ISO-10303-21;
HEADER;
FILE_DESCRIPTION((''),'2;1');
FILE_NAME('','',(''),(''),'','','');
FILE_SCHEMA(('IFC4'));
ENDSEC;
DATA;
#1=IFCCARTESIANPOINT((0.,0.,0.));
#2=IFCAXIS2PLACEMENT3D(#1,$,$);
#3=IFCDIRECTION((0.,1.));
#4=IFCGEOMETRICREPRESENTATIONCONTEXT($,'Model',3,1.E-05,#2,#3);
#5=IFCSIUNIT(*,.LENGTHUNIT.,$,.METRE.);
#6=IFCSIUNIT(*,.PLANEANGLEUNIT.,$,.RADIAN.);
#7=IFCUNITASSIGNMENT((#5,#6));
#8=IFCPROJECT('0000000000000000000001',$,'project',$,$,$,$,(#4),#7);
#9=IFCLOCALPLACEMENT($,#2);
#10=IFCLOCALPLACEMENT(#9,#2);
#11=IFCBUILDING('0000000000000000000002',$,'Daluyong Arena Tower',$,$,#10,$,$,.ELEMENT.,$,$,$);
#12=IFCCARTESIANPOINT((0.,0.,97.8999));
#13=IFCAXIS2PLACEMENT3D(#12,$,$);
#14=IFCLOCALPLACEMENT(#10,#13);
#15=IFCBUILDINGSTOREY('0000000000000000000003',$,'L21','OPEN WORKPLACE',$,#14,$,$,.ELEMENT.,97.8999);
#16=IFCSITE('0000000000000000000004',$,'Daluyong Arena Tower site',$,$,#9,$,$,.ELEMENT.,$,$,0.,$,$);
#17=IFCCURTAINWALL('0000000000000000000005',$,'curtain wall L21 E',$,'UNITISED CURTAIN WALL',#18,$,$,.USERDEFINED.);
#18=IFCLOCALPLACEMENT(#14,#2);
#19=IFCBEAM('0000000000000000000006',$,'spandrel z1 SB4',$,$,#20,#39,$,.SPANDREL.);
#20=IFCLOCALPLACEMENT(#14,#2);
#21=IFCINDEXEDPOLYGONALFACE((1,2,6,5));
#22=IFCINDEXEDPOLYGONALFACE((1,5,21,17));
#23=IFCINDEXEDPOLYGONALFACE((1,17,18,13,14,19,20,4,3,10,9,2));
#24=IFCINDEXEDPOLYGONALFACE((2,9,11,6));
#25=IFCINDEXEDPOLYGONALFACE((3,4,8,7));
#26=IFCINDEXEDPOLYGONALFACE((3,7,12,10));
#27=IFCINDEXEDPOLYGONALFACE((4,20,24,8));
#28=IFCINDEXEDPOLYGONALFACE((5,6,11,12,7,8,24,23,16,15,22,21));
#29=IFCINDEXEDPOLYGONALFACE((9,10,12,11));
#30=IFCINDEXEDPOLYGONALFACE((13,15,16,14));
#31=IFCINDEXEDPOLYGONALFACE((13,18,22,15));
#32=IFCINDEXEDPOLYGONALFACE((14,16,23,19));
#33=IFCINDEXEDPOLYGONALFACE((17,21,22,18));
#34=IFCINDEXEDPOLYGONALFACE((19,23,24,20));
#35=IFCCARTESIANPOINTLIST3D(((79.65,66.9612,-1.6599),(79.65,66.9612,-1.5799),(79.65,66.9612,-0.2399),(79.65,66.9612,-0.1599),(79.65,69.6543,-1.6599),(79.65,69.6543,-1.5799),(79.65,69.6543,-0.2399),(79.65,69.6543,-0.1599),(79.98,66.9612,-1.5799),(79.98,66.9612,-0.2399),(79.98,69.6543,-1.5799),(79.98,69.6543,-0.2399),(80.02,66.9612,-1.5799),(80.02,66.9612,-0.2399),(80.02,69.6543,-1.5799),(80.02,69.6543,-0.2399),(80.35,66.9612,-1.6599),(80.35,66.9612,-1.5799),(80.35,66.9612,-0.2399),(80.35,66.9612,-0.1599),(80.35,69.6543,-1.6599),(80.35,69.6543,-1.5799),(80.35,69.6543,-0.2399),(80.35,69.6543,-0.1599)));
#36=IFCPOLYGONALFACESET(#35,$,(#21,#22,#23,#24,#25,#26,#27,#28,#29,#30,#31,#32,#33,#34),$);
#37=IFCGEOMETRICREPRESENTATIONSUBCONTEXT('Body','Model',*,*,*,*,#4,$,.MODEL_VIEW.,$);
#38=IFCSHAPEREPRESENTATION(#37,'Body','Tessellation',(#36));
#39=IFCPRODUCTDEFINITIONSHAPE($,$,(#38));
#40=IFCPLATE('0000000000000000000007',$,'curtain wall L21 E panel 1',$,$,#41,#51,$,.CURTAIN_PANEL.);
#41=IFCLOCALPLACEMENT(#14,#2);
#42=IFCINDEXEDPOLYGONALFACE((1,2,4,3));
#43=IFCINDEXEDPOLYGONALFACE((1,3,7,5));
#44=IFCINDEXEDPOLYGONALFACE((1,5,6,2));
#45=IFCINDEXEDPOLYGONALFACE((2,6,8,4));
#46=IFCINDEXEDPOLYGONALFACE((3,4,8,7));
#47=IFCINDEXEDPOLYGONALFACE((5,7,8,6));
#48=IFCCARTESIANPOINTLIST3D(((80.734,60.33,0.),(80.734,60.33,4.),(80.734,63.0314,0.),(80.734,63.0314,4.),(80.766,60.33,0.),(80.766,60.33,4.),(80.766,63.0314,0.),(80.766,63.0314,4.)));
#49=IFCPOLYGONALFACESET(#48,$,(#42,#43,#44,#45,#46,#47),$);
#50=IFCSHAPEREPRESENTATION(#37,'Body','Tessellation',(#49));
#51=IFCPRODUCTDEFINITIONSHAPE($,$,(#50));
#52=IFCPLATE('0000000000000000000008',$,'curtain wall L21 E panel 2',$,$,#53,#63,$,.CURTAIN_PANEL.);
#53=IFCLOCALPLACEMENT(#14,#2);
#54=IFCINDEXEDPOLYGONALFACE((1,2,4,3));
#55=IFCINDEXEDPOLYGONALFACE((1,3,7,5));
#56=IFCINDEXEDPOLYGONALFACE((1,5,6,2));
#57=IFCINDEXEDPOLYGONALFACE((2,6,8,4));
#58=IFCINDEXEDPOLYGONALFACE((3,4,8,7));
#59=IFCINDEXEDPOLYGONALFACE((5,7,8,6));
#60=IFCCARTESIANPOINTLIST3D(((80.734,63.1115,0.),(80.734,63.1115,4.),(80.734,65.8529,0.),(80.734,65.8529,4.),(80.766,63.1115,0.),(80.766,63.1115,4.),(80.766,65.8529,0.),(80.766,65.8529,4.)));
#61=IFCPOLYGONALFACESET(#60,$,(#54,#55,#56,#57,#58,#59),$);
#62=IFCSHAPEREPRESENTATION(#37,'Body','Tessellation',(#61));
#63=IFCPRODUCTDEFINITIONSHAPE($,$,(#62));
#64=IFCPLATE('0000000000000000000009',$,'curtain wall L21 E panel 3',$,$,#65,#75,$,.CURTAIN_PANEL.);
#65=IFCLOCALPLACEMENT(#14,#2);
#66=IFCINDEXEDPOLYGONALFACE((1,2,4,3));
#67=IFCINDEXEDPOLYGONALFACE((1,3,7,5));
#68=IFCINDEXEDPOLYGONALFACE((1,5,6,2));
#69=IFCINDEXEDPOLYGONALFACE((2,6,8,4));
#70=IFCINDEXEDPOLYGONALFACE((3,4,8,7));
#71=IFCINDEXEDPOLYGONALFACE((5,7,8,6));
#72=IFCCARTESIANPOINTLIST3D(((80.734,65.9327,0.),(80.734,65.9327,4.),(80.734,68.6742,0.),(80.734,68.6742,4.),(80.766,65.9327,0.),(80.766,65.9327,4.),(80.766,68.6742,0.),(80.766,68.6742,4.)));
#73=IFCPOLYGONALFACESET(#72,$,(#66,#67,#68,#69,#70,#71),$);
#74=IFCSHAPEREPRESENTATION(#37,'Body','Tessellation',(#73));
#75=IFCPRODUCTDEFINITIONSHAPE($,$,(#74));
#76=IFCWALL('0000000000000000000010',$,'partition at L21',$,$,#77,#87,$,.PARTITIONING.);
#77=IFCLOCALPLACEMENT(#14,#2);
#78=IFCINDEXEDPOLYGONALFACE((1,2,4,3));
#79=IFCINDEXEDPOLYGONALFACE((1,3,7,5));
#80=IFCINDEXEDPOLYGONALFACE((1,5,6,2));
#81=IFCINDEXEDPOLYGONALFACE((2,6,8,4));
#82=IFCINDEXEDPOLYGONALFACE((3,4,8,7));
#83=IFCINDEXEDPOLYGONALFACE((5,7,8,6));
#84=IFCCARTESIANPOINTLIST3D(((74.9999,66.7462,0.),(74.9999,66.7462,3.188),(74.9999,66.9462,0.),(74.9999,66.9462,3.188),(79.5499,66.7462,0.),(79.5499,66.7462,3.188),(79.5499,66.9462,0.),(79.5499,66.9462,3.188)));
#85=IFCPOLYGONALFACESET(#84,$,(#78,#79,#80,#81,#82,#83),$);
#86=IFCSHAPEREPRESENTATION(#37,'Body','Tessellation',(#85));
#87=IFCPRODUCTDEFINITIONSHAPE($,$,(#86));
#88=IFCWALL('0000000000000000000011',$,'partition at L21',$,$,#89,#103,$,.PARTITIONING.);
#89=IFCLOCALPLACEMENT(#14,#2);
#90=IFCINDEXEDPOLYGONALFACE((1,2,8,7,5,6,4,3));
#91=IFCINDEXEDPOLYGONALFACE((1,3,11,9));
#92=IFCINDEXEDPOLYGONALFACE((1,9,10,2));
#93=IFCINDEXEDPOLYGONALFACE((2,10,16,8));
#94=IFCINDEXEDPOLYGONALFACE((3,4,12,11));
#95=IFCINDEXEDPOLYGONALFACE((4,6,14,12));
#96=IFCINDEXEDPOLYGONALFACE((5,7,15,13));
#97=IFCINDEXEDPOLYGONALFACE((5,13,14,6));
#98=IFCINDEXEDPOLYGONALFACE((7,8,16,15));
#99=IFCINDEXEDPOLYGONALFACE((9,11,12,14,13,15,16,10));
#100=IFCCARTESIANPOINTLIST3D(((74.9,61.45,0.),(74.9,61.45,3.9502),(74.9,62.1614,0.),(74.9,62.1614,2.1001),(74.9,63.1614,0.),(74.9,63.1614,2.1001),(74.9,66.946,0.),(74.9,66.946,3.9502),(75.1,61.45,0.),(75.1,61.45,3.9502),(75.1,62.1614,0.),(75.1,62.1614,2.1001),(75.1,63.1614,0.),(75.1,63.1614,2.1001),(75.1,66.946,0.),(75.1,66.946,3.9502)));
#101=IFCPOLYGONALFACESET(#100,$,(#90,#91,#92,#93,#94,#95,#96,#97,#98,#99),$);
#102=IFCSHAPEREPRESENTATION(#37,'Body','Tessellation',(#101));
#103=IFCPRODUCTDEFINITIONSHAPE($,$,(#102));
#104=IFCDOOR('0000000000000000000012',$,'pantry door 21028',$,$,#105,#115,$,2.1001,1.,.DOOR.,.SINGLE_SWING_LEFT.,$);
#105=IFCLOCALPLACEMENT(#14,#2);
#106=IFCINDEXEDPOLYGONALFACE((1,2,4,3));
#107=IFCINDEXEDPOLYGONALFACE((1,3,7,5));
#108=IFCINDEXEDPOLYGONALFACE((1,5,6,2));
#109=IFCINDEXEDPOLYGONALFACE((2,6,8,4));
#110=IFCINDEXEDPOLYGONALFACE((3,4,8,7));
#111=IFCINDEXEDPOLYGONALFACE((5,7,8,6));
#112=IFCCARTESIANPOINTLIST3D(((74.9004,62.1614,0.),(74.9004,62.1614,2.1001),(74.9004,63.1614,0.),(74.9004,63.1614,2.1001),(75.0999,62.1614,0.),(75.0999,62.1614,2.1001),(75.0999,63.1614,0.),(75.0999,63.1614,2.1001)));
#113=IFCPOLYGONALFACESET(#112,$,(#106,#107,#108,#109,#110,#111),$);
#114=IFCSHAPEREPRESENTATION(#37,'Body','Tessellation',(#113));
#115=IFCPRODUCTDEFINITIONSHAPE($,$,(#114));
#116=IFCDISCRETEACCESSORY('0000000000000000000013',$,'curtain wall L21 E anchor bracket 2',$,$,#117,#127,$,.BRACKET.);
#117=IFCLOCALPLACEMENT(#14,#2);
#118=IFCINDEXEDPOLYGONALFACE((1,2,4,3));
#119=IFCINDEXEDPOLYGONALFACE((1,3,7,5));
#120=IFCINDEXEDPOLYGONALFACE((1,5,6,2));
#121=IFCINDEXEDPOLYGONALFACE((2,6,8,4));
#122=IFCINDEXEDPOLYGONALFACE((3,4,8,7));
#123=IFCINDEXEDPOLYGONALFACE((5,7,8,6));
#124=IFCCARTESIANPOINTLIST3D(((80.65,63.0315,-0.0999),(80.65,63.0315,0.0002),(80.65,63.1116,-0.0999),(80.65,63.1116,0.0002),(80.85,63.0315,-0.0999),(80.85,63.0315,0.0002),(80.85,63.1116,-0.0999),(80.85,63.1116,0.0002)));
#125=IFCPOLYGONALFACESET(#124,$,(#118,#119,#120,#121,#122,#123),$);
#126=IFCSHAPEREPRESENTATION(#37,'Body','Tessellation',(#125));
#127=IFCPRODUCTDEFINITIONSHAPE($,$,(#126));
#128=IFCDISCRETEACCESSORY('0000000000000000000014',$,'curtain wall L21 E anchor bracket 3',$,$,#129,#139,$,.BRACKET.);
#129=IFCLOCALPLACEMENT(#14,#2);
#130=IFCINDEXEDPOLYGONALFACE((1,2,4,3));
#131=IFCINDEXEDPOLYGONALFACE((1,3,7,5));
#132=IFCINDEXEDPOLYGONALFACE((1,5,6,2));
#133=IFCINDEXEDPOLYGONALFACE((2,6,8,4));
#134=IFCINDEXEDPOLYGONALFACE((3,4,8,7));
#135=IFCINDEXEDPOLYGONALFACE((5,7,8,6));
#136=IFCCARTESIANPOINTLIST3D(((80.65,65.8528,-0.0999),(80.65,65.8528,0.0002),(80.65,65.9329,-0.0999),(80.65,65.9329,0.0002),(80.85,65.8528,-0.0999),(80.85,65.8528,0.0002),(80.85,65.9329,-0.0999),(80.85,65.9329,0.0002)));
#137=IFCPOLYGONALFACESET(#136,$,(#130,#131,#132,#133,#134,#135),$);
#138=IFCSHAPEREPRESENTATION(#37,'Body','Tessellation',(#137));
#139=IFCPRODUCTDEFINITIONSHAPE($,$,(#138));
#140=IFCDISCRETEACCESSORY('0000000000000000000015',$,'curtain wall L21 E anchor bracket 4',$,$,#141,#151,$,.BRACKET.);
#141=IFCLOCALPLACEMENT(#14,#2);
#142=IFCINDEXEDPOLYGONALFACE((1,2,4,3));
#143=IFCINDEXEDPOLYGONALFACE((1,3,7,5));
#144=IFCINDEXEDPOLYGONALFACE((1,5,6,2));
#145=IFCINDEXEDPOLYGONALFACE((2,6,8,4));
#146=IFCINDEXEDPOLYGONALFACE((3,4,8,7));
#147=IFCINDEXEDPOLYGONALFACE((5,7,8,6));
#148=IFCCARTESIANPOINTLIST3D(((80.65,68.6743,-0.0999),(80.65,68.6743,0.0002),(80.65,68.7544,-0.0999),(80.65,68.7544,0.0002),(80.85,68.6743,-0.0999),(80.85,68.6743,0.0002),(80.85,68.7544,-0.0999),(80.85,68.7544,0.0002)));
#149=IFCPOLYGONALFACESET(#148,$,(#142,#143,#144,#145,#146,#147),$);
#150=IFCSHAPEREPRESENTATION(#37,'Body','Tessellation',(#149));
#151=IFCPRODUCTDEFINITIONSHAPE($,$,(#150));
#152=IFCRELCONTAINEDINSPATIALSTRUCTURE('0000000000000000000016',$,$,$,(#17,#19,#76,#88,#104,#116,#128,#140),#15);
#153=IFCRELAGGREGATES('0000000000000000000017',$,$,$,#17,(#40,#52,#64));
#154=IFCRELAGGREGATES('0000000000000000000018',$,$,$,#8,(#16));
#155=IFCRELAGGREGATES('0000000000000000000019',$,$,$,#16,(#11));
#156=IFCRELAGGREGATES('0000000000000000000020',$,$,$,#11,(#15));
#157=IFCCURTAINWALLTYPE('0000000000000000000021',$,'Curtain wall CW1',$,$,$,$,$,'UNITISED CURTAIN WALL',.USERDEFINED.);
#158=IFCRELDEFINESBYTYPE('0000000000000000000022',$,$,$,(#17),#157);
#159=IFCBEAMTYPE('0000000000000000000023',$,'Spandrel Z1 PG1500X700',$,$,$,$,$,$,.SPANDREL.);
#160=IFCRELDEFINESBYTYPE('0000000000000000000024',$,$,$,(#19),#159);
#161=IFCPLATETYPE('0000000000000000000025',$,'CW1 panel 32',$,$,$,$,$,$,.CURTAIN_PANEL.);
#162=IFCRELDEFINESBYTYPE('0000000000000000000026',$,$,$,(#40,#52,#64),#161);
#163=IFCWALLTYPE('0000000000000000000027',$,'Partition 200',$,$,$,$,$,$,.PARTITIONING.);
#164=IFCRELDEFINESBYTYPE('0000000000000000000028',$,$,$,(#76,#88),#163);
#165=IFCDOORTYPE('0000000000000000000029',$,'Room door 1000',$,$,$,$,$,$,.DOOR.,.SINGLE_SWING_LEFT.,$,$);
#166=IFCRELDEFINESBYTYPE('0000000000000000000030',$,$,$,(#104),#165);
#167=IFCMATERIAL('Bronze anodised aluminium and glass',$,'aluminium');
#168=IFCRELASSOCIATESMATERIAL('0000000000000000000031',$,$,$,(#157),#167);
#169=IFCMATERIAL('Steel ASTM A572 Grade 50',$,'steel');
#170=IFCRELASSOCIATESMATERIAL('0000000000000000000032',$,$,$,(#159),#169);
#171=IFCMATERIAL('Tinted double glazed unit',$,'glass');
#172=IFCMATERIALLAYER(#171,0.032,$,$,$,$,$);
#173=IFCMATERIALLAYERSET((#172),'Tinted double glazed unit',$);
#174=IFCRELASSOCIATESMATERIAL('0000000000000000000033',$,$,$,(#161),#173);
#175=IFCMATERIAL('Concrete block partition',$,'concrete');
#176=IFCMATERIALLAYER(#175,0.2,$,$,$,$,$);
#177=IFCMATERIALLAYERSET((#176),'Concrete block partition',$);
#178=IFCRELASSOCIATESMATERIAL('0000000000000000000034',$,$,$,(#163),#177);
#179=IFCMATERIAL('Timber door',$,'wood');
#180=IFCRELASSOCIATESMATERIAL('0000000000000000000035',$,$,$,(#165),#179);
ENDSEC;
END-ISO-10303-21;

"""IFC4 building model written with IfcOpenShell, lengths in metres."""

from ifc_helpers import new_model, si_unit, direction, frame, frame_2d, origin, origin_2d, place, context, subcontext, project, spatial, rectangle, i_section, extrude, material, layer, layer_set, material_profile, profile_set, type_object, element, fill, aggregate, save


model = new_model("IFC4")

# Units and contexts
model_context = context("Model", 3, precision=1e-05, world=origin(), true_north=direction((0.0, 1.0)))
body_context = subcontext(model_context, "Body", "Model", "MODEL_VIEW")
ifc_project = project(units=[si_unit("LENGTHUNIT", "METRE"), si_unit("PLANEANGLEUNIT", "RADIAN")], contexts=[model_context])

# Site, building, storey
site_placement = place(None, origin())
site = spatial("IfcSite", under=ifc_project, at=site_placement, Name="Daluyong Arena Tower site", CompositionType="ELEMENT", RefElevation=0.0)
building_placement = place(site_placement, origin())
building = spatial("IfcBuilding", under=site, at=building_placement, Name="Daluyong Arena Tower", CompositionType="ELEMENT")
storey_placement = place(building_placement, frame((0.0, 0.0, 97.8999)))
storey = spatial("IfcBuildingStorey", under=building, at=storey_placement, Name="L21", Description="OPEN WORKPLACE", CompositionType="ELEMENT", Elevation=97.8999)

# Curtain wall
ifc_material_1 = material(Name="Bronze anodised aluminium and glass", Category="aluminium")
curtain_wall_type = type_object("IfcCurtainWallType", Name="Curtain wall CW1", ElementType="UNITISED CURTAIN WALL", PredefinedType="USERDEFINED", material=ifc_material_1)
curtain_wall_placement = place(storey_placement, origin())
curtain_wall = element("IfcCurtainWall", 1, at=curtain_wall_placement, inside=storey, type_object=curtain_wall_type, Name="curtain wall L21 E", ObjectType="UNITISED CURTAIN WALL", PredefinedType="USERDEFINED")

# Beam
ifc_material_2 = material(Name="Steel ASTM A572 Grade 50", Category="steel")
ifc_material_profile_1 = material_profile(ifc_material_2, i_section(OverallWidth=0.7, OverallDepth=1.5, WebThickness=0.04, FlangeThickness=0.08, at=origin_2d()))
ifc_profile_set_1 = profile_set([ifc_material_profile_1], Name="Steel ASTM A572 Grade 50")
beam_type_1 = type_object("IfcBeamType", Name="Spandrel Z1 PG1500X700", PredefinedType="SPANDREL", material=ifc_profile_set_1)
for number, where, z_axis, x_axis, name in (
    (2, (80.0, 66.9612, -0.9099), (0.0, 1.0, 0.0), (-1.0, 0.0, 0.0), "spandrel z1 SB4"),
):
    element("IfcBeam", number, at=place(storey_placement, frame(where, z_axis=z_axis, x_axis=x_axis)), inside=storey, type_object=beam_type_1, Name=name, PredefinedType="SPANDREL", context=body_context, shape_type="SweptSolid", body=[
        extrude(i_section(OverallWidth=0.7, OverallDepth=1.5, WebThickness=0.04, FlangeThickness=0.08, at=origin_2d()), origin(), (0.0, 0.0, 1.0), 2.6931),
    ])

# Plates
ifc_material_3 = material(Name="Tinted double glazed unit", Category="glass")
ifc_layer_1 = layer(ifc_material_3, 0.032)
ifc_layer_set_1 = layer_set([ifc_layer_1], Name="Tinted double glazed unit")
plate_type = type_object("IfcPlateType", Name="CW1 panel 32", PredefinedType="CURTAIN_PANEL", material=ifc_layer_set_1)
plate_1_placement = place(storey_placement, frame((80.75, 61.6807, 0.0), z_axis=(0.0, 0.0, 1.0), x_axis=(0.0, 1.0, 0.0)))
plate_1 = element("IfcPlate", 3, at=plate_1_placement, type_object=plate_type, Name="curtain wall L21 E panel 1", PredefinedType="CURTAIN_PANEL", context=body_context, shape_type="SweptSolid", body=[
    extrude(rectangle(XDim=2.7014, YDim=0.032, at=origin_2d()), origin(), (0.0, 0.0, 1.0), 4.0),
])
plate_2_placement = place(storey_placement, frame((80.75, 64.4822, 0.0), z_axis=(0.0, 0.0, 1.0), x_axis=(0.0, 1.0, 0.0)))
plate_2 = element("IfcPlate", 4, at=plate_2_placement, type_object=plate_type, Name="curtain wall L21 E panel 2", PredefinedType="CURTAIN_PANEL", context=body_context, shape_type="SweptSolid", body=[
    extrude(rectangle(XDim=2.7415, YDim=0.032, at=origin_2d()), origin(), (0.0, 0.0, 1.0), 4.0),
])
plate_3_placement = place(storey_placement, frame((80.75, 67.3035, 0.0), z_axis=(0.0, 0.0, 1.0), x_axis=(0.0, 1.0, 0.0)))
plate_3 = element("IfcPlate", 5, at=plate_3_placement, type_object=plate_type, Name="curtain wall L21 E panel 3", PredefinedType="CURTAIN_PANEL", context=body_context, shape_type="SweptSolid", body=[
    extrude(rectangle(XDim=2.7415, YDim=0.032, at=origin_2d()), origin(), (0.0, 0.0, 1.0), 4.0),
])
aggregate(curtain_wall, [plate_1, plate_2, plate_3])

# Wall
ifc_material_4 = material(Name="Concrete block partition", Category="concrete")
ifc_layer_2 = layer(ifc_material_4, 0.2)
ifc_layer_set_2 = layer_set([ifc_layer_2], Name="Concrete block partition")
wall_type = type_object("IfcWallType", Name="Partition 200", PredefinedType="PARTITIONING", material=ifc_layer_set_2)
wall_1_placement = place(storey_placement, frame((75.0, 66.8462, 0.0), z_axis=(0.0, 0.0, 1.0), x_axis=(1.0, 0.0, 0.0)))
element("IfcWall", 6, at=wall_1_placement, inside=storey, type_object=wall_type, Name="partition at L21", PredefinedType="PARTITIONING", context=body_context, shape_type="SweptSolid", body=[
    extrude(rectangle(XDim=4.55, YDim=0.2, at=frame_2d((2.2749, 0.0))), origin(), (0.0, 0.0, 1.0), 3.188),
])

# Wall, opening, door
wall_2_placement = place(storey_placement, frame((75.0, 61.45, 0.0), z_axis=(0.0, 0.0, 1.0), x_axis=(0.0, 1.0, 0.0)))
wall_2 = element("IfcWall", 7, at=wall_2_placement, inside=storey, type_object=wall_type, Name="partition at L21", PredefinedType="PARTITIONING", context=body_context, shape_type="SweptSolid", body=[
    extrude(rectangle(XDim=5.4961, YDim=0.2, at=frame_2d((2.748, 0.0))), origin(), (0.0, 0.0, 1.0), 3.9502),
])
opening_placement = place(wall_2_placement, frame((0.7114, 0.0, 0.0)))
opening = element("IfcOpeningElement", 8, at=opening_placement, cuts=wall_2, PredefinedType="OPENING", context=body_context, shape_type="SweptSolid", body=[
    extrude(rectangle(XDim=1.0, YDim=2.1001, at=frame_2d((0.5, 1.05))), frame((0.0, 0.1099, 0.0), z_axis=(0.0, -1.0, 0.0), x_axis=(1.0, 0.0, 0.0)), (0.0, 0.0, 1.0), 0.22),
])
ifc_material_5 = material(Name="Timber door", Category="wood")
door_type = type_object("IfcDoorType", Name="Room door 1000", OperationType="SINGLE_SWING_LEFT", PredefinedType="DOOR", material=ifc_material_5)
door_placement = place(opening_placement, origin())
door = element("IfcDoor", 9, at=door_placement, inside=storey, type_object=door_type, Name="pantry door 21028", OperationType="SINGLE_SWING_LEFT", OverallHeight=2.1001, OverallWidth=1.0, PredefinedType="DOOR", context=body_context, shape_type="SweptSolid", body=[
    extrude(rectangle(XDim=1.0, YDim=2.1001, at=frame_2d((0.5, 1.05))), frame((0.0, 0.0996, 0.0), z_axis=(0.0, -1.0, 0.0), x_axis=(1.0, 0.0, 0.0)), (0.0, 0.0, 1.0), 0.1995),
])
fill(opening, door)

# Discrete accessories
for number, where, z_axis, x_axis, name in (
    (10, (80.75, 63.0715, -0.0999), (0.0, 0.0, 1.0), (0.0, 1.0, 0.0), "curtain wall L21 E anchor bracket 2"),
    (11, (80.75, 65.8928, -0.0999), (0.0, 0.0, 1.0), (0.0, 1.0, 0.0), "curtain wall L21 E anchor bracket 3"),
    (12, (80.75, 68.7144, -0.0999), (0.0, 0.0, 1.0), (0.0, 1.0, 0.0), "curtain wall L21 E anchor bracket 4"),
):
    element("IfcDiscreteAccessory", number, at=place(storey_placement, frame(where, z_axis=z_axis, x_axis=x_axis)), inside=storey, Name=name, PredefinedType="BRACKET", context=body_context, shape_type="SweptSolid", body=[
        extrude(rectangle(XDim=0.0801, YDim=0.2, at=origin_2d()), origin(), (0.0, 0.0, 1.0), 0.1001),
    ])

save(model, "model.ifc")
